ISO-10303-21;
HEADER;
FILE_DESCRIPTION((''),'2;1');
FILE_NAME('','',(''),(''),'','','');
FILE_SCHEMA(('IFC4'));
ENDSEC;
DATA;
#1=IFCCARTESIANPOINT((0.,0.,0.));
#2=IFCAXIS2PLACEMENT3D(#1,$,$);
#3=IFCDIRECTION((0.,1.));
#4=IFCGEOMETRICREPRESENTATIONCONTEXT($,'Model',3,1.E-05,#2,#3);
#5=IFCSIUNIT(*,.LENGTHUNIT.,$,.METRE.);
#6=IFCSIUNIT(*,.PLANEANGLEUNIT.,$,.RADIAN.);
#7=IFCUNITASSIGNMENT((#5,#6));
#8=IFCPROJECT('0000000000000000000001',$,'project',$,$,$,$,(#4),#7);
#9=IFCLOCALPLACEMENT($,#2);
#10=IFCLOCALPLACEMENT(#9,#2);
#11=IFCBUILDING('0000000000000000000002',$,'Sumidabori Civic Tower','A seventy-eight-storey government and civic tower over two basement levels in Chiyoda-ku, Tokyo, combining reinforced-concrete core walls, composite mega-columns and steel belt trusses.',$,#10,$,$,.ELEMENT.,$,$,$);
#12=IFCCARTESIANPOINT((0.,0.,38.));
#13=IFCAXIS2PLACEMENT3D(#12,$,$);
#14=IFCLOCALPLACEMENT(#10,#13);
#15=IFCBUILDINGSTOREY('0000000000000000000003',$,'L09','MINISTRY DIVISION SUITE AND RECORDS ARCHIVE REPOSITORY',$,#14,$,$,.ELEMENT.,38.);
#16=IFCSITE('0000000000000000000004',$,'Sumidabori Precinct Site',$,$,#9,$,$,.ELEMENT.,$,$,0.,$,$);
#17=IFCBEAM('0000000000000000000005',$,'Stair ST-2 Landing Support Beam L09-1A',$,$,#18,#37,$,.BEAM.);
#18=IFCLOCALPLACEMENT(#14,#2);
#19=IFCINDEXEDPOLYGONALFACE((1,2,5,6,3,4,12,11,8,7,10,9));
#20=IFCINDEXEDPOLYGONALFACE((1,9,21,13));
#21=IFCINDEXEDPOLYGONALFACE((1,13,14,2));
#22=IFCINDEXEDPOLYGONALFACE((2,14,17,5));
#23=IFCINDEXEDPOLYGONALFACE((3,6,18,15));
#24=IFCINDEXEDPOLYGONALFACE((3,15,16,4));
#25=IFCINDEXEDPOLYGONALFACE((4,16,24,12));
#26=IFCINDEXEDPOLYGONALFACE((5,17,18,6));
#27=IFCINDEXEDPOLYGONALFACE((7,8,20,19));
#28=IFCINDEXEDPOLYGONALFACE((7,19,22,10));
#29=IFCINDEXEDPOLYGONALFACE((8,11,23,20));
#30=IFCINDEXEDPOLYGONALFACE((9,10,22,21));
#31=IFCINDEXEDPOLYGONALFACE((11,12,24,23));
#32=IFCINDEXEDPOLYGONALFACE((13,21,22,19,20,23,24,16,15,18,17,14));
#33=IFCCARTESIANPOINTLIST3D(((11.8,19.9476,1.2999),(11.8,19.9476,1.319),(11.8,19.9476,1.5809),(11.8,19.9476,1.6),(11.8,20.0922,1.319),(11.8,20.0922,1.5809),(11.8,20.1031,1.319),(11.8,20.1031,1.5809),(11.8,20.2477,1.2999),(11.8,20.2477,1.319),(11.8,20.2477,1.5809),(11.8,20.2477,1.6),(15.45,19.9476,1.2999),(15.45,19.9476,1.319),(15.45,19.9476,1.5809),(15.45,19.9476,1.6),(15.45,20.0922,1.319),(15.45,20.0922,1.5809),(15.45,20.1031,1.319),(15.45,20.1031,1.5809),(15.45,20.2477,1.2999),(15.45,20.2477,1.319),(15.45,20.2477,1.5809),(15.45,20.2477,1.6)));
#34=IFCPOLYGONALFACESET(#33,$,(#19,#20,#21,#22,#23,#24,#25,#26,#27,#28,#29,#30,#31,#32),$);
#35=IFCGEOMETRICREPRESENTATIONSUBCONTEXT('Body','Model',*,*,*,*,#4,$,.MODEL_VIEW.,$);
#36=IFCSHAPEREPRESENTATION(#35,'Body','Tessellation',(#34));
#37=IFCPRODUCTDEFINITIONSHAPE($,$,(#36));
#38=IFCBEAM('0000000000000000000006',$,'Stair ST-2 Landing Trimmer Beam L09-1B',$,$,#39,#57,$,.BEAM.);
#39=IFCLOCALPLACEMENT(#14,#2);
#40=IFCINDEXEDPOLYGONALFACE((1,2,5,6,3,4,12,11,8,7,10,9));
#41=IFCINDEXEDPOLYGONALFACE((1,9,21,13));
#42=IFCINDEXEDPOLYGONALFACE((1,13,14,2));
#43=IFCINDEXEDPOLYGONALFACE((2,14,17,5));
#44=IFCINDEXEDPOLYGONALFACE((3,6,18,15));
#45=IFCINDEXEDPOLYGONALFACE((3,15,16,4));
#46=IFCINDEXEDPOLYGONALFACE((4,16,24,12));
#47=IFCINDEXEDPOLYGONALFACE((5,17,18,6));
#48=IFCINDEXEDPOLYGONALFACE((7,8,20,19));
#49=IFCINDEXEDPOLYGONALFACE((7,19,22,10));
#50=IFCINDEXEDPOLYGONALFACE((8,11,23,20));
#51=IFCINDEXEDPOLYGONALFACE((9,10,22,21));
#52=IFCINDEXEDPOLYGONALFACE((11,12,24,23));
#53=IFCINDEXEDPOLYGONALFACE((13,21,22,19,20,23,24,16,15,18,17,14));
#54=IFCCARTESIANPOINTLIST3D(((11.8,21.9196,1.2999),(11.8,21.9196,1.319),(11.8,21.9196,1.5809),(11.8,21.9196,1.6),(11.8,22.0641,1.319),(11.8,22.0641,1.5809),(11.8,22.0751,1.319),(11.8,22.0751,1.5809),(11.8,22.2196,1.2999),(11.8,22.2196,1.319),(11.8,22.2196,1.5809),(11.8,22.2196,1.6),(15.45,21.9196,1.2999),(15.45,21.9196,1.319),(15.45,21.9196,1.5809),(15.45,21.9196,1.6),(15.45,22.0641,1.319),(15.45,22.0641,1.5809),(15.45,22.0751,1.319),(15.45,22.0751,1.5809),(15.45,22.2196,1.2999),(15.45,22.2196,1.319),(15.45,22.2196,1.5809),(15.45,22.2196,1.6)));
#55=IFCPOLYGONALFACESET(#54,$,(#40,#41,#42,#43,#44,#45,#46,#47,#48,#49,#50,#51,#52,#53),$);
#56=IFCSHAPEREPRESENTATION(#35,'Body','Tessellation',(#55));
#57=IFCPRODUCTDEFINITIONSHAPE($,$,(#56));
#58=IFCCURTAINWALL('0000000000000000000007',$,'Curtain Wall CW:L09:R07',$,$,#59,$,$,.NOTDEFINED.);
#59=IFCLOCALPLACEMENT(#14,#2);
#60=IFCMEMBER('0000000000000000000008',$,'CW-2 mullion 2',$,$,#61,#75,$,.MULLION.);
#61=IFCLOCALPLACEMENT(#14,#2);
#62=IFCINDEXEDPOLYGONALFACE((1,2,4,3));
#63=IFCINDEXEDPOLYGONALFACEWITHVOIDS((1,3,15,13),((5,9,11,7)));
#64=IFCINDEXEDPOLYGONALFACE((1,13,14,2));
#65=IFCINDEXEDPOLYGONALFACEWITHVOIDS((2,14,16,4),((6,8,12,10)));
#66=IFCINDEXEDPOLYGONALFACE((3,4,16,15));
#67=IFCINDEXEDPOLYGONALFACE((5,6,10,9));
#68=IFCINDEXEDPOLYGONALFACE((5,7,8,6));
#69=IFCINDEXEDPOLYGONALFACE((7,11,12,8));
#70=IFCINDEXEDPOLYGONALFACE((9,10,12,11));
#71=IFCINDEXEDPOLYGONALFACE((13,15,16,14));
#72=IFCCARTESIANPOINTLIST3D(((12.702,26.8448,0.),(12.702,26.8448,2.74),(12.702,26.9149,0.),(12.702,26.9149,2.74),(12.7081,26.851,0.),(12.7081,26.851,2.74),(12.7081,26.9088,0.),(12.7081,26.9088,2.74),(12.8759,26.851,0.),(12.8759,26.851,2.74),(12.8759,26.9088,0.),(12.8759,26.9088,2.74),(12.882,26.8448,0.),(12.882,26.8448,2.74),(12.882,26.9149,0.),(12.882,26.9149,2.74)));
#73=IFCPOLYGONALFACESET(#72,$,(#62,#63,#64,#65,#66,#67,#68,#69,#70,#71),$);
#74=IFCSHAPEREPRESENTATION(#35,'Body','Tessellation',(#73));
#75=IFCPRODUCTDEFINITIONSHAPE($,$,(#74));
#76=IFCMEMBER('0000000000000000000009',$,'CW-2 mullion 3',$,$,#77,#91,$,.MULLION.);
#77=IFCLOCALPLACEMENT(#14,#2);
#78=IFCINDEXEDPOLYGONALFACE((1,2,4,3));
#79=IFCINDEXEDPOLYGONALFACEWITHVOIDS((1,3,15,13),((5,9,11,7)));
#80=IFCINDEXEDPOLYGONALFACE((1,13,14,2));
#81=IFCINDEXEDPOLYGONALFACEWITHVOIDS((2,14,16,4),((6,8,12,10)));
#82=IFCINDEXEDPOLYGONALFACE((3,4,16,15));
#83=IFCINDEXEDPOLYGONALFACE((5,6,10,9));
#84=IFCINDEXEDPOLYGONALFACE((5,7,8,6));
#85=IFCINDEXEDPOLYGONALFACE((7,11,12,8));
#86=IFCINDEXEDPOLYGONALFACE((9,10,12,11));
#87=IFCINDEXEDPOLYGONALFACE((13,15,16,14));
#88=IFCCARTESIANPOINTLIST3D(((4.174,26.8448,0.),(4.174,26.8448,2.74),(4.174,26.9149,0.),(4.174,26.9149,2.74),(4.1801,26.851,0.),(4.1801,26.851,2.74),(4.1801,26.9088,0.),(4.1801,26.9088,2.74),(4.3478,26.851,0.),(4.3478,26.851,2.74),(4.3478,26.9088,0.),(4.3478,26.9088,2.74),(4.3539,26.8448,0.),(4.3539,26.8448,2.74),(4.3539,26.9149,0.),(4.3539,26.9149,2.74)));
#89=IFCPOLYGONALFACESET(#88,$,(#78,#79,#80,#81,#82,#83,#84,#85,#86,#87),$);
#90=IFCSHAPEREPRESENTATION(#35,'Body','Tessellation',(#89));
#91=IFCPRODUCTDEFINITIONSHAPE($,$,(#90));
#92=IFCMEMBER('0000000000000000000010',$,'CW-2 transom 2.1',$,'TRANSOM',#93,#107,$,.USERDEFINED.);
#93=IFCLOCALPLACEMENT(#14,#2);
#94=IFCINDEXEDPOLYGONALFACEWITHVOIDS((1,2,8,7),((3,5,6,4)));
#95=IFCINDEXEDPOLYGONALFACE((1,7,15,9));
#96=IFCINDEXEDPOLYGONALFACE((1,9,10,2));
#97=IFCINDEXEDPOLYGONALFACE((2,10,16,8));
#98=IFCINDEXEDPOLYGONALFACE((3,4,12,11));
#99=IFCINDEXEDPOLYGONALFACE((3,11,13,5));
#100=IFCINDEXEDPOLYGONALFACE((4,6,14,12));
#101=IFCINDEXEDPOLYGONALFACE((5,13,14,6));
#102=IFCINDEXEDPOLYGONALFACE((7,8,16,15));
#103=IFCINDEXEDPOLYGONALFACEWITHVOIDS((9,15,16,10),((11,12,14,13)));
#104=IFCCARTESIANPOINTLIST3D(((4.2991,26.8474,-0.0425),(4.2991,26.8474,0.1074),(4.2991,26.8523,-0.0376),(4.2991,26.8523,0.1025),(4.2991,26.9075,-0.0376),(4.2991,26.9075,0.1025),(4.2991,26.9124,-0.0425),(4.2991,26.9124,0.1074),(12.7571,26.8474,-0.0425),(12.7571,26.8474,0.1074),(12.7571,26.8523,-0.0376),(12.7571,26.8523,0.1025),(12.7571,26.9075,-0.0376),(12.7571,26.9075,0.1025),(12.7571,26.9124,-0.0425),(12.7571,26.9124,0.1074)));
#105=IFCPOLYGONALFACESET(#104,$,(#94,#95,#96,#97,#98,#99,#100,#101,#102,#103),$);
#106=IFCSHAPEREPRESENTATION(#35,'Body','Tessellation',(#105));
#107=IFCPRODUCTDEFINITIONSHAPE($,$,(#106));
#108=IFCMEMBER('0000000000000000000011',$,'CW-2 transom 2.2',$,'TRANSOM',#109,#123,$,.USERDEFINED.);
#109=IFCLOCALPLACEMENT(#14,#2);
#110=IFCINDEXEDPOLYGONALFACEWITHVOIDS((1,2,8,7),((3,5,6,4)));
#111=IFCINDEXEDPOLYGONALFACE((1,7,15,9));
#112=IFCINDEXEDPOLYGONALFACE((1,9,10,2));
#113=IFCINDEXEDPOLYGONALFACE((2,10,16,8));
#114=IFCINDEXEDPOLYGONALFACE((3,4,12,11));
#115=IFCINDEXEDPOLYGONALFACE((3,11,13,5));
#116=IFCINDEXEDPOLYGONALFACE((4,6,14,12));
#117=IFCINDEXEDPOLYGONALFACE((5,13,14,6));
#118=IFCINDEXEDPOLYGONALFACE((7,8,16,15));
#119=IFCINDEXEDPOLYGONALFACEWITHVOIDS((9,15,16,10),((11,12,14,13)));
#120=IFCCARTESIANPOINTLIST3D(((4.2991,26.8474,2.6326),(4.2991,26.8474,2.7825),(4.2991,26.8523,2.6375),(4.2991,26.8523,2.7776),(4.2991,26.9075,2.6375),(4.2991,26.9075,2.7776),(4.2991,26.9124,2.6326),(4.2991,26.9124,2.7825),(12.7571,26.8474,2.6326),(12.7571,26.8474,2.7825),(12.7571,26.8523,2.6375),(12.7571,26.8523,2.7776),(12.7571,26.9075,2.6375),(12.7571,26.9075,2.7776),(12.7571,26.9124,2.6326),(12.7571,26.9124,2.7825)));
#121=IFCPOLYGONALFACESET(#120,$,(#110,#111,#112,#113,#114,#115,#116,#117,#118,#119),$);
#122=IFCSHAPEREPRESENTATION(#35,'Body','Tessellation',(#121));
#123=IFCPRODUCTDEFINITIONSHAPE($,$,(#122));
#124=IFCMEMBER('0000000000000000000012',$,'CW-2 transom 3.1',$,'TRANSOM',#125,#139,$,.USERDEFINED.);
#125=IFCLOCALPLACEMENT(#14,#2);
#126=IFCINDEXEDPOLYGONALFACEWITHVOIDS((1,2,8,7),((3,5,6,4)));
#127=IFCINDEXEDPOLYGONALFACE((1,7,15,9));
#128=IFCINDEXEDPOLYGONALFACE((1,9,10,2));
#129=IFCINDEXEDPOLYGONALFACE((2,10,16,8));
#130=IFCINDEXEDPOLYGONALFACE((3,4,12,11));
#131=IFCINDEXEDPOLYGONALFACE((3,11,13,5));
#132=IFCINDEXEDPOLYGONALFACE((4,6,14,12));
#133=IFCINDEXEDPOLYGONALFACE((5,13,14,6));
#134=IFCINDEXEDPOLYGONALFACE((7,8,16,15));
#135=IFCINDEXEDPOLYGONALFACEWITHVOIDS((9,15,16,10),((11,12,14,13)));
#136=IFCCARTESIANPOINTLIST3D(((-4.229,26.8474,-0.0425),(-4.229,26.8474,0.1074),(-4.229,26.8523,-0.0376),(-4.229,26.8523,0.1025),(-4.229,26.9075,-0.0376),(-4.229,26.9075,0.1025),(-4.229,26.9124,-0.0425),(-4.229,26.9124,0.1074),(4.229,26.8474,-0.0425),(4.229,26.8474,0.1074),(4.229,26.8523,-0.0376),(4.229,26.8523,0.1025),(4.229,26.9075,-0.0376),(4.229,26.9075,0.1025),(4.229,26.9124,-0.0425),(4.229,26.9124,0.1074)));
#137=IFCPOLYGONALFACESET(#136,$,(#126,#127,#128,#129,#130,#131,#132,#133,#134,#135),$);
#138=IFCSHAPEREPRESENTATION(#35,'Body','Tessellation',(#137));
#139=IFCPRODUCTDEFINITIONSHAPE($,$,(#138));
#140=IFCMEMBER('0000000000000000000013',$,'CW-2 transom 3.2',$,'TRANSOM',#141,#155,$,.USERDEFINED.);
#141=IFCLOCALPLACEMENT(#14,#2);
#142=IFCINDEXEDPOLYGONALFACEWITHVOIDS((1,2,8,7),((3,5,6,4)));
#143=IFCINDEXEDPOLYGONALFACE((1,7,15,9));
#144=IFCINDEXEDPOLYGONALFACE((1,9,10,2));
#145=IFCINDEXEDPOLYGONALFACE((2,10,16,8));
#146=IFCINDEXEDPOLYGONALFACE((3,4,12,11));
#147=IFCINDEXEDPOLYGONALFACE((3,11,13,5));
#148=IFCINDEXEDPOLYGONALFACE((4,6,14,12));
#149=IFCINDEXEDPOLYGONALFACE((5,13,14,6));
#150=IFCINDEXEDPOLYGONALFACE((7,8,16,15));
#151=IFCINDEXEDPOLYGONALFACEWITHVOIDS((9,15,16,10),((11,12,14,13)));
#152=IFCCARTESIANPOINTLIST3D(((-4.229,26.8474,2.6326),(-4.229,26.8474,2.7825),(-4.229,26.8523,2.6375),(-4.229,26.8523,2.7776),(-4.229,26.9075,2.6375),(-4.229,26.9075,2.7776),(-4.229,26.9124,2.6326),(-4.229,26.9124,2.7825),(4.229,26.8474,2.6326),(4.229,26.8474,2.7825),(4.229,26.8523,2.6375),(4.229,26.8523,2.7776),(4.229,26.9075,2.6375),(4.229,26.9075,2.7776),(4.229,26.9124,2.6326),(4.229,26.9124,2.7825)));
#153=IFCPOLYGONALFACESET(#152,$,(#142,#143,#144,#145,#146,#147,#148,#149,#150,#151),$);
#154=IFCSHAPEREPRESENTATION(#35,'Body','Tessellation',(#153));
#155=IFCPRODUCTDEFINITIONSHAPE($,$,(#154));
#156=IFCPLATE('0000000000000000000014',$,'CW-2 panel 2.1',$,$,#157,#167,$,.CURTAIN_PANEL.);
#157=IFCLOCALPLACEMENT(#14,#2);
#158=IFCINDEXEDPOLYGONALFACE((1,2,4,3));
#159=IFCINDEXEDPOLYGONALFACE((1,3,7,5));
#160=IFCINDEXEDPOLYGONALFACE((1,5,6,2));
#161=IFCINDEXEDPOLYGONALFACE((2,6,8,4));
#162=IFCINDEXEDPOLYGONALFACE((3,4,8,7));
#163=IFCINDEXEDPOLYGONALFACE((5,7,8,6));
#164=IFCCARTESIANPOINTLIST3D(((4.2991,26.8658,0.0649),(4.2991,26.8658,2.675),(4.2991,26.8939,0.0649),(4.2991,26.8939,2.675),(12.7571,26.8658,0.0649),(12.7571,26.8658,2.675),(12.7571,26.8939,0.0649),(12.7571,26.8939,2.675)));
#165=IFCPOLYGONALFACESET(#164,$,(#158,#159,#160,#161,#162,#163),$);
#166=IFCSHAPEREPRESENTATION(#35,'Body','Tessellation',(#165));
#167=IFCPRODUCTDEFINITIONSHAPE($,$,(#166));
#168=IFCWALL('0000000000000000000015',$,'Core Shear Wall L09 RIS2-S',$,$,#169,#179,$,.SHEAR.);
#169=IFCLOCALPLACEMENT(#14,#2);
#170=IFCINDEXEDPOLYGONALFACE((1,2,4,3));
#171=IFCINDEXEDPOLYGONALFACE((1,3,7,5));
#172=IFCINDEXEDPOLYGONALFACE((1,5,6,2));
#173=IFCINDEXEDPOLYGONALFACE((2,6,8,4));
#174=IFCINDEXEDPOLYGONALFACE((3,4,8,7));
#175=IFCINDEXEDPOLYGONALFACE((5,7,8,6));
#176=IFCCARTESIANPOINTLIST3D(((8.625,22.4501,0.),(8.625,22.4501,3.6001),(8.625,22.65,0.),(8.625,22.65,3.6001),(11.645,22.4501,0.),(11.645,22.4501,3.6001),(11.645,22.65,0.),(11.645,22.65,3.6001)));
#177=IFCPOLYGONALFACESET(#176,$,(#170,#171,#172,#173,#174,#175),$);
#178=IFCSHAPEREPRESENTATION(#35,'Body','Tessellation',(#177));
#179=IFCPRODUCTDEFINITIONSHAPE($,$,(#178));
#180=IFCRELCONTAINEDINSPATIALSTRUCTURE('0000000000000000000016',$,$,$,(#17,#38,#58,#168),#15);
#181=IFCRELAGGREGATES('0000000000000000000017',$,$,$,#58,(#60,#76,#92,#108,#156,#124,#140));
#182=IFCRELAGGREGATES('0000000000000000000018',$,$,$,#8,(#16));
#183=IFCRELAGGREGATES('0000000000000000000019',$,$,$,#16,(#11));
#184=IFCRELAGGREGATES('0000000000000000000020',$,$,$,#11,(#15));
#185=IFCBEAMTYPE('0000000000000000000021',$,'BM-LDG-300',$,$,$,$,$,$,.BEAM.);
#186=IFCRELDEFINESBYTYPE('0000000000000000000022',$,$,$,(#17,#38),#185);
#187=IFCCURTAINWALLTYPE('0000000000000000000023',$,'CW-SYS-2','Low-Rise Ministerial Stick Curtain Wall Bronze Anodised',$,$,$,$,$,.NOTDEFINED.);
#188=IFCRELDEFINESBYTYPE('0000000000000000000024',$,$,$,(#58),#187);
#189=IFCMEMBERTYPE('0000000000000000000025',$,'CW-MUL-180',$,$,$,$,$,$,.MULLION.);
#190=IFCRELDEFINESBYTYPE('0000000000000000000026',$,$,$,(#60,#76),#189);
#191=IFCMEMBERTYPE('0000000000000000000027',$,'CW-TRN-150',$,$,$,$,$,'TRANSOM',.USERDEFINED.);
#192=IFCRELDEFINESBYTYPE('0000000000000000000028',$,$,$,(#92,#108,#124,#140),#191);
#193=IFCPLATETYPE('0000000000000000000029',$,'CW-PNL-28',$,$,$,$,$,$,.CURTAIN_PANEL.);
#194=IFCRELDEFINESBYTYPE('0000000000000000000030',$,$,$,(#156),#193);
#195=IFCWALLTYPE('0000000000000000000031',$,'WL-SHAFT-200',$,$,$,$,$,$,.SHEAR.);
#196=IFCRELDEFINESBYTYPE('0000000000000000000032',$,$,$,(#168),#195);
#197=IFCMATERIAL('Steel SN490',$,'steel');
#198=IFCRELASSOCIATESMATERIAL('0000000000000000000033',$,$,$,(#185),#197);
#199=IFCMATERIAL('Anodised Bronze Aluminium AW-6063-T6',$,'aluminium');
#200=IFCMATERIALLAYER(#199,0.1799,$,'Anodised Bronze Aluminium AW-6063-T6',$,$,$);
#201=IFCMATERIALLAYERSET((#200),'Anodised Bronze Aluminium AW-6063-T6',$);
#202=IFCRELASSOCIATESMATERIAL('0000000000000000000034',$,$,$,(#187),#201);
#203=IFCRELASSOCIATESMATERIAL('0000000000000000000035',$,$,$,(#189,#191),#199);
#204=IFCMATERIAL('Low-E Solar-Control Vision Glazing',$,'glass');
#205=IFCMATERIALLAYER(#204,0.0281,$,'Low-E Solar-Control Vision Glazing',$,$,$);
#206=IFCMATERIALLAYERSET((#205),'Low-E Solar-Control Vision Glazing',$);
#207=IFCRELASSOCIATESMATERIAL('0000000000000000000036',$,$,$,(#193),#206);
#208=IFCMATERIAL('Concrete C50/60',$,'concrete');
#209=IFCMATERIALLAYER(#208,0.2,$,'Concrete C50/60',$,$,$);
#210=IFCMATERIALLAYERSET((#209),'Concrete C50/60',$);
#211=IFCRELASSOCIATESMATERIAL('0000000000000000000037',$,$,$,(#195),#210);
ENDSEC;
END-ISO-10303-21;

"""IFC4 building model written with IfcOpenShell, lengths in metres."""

from ifc_helpers import new_model, si_unit, direction, frame, frame_2d, origin, origin_2d, place, context, subcontext, project, spatial, rectangle, hollow_rectangle, i_section, extrude, source, transform, mapped, material, layer, layer_set, material_profile, profile_set, type_object, element, aggregate, save


model = new_model("IFC4")

# Units and contexts
model_context = context("Model", 3, precision=1e-05, world=origin(), true_north=direction((0.0, 1.0)))
body_context = subcontext(model_context, "Body", "Model", "MODEL_VIEW")
ifc_project = project(units=[si_unit("LENGTHUNIT", "METRE"), si_unit("PLANEANGLEUNIT", "RADIAN")], contexts=[model_context])

# Site, building, storey
site_placement = place(None, origin())
site = spatial("IfcSite", under=ifc_project, at=site_placement, Name="Sumidabori Precinct Site", CompositionType="ELEMENT", RefElevation=0.0)
building_placement = place(site_placement, origin())
building = spatial("IfcBuilding", under=site, at=building_placement, Name="Sumidabori Civic Tower", Description="A seventy-eight-storey government and civic tower over two basement levels in Chiyoda-ku, Tokyo, combining reinforced-concrete core walls, composite mega-columns and steel belt trusses.", CompositionType="ELEMENT")
storey_placement = place(building_placement, frame((0.0, 0.0, 38.0)))
storey = spatial("IfcBuildingStorey", under=building, at=storey_placement, Name="L09", Description="MINISTRY DIVISION SUITE AND RECORDS ARCHIVE REPOSITORY", CompositionType="ELEMENT", Elevation=38.0)

# Beams
ifc_material_1 = material(Name="Steel SN490", Category="steel")
ifc_material_profile_1 = material_profile(ifc_material_1, i_section(OverallWidth=0.3, OverallDepth=0.3, WebThickness=0.011, FlangeThickness=0.019, at=origin_2d()), Name="HE 300 B")
ifc_profile_set_1 = profile_set([ifc_material_profile_1], Name="Steel SN490")
beam_type = type_object("IfcBeamType", Name="BM-LDG-300", PredefinedType="BEAM", material=ifc_profile_set_1)
shared_shape_1 = source(origin(), body_context, "Body", "SweptSolid", [
    extrude(i_section(OverallWidth=0.3, OverallDepth=0.3, WebThickness=0.011, FlangeThickness=0.019, at=origin_2d()), origin(), (0.0, 0.0, 1.0), 3.6499),
])
for number, where, z_axis, x_axis, name in (
    (1, (11.8, 20.0977, 1.45), (1.0, 0.0, 0.0), (0.0, 1.0, 0.0), "Stair ST-2 Landing Support Beam L09-1A"),
    (2, (11.8, 22.0696, 1.45), (1.0, 0.0, 0.0), (0.0, 1.0, 0.0), "Stair ST-2 Landing Trimmer Beam L09-1B"),
):
    element("IfcBeam", number, at=place(storey_placement, frame(where, z_axis=z_axis, x_axis=x_axis)), inside=storey, type_object=beam_type, Name=name, PredefinedType="BEAM", context=body_context, shape_type="MappedRepresentation", body=[
        mapped(shared_shape_1, transform((0.0, 0.0, 0.0), x_axis=(1.0, 0.0, 0.0), y_axis=(0.0, 1.0, 0.0), z_axis=(0.0, 0.0, 1.0), scale=1.0)),
    ])

# Curtain wall, members, plate
ifc_material_2 = material(Name="Anodised Bronze Aluminium AW-6063-T6", Category="aluminium")
ifc_layer_1 = layer(ifc_material_2, 0.1799, Name="Anodised Bronze Aluminium AW-6063-T6")
ifc_layer_set_1 = layer_set([ifc_layer_1], Name="Anodised Bronze Aluminium AW-6063-T6")
curtain_wall_type = type_object("IfcCurtainWallType", Name="CW-SYS-2", Description="Low-Rise Ministerial Stick Curtain Wall Bronze Anodised", PredefinedType="NOTDEFINED", material=ifc_layer_set_1)
curtain_wall_placement = place(storey_placement, origin())
curtain_wall = element("IfcCurtainWall", 3, at=curtain_wall_placement, inside=storey, type_object=curtain_wall_type, Name="Curtain Wall CW:L09:R07", PredefinedType="NOTDEFINED")
ifc_material_profile_2 = material_profile(ifc_material_2, hollow_rectangle(XDim=0.0701, YDim=0.1799, WallThickness=0.0061, at=origin_2d()), Name="ALU MULLION 180x70")
ifc_profile_set_2 = profile_set([ifc_material_profile_2], Name="Anodised Bronze Aluminium AW-6063-T6")
member_type_1 = type_object("IfcMemberType", Name="CW-MUL-180", PredefinedType="MULLION", material=ifc_profile_set_2)
shared_shape_2 = source(origin(), body_context, "Body", "SweptSolid", [
    extrude(hollow_rectangle(XDim=0.0701, YDim=0.1799, WallThickness=0.0061, at=origin_2d()), origin(), (0.0, 0.0, 1.0), 2.74),
])
member_1_placement = place(storey_placement, frame((12.792, 26.8799, 0.0), z_axis=(0.0, 0.0, 1.0), x_axis=(0.0, -1.0, 0.0)))
member_1 = element("IfcMember", 4, at=member_1_placement, type_object=member_type_1, Name="CW-2 mullion 2", PredefinedType="MULLION", context=body_context, shape_type="MappedRepresentation", body=[
    mapped(shared_shape_2, transform((0.0, 0.0, 0.0), x_axis=(1.0, 0.0, 0.0), y_axis=(0.0, 1.0, 0.0), z_axis=(0.0, 0.0, 1.0), scale=1.0)),
])
member_2_placement = place(storey_placement, frame((4.2639, 26.8799, 0.0), z_axis=(0.0, 0.0, 1.0), x_axis=(0.0, -1.0, 0.0)))
member_2 = element("IfcMember", 5, at=member_2_placement, type_object=member_type_1, Name="CW-2 mullion 3", PredefinedType="MULLION", context=body_context, shape_type="MappedRepresentation", body=[
    mapped(shared_shape_2, transform((0.0, 0.0, 0.0), x_axis=(1.0, 0.0, 0.0), y_axis=(0.0, 1.0, 0.0), z_axis=(0.0, 0.0, 1.0), scale=1.0)),
])
ifc_material_profile_3 = material_profile(ifc_material_2, hollow_rectangle(XDim=0.0649, YDim=0.1499, WallThickness=0.0049, at=origin_2d()), Name="ALU TRANSOM 150x65")
ifc_profile_set_3 = profile_set([ifc_material_profile_3], Name="Anodised Bronze Aluminium AW-6063-T6")
member_type_2 = type_object("IfcMemberType", Name="CW-TRN-150", ElementType="TRANSOM", PredefinedType="USERDEFINED", material=ifc_profile_set_3)
shared_shape_3 = source(origin(), body_context, "Body", "SweptSolid", [
    extrude(hollow_rectangle(XDim=0.0649, YDim=0.1499, WallThickness=0.0049, at=origin_2d()), origin(), (0.0, 0.0, 1.0), 8.458),
])
member_3_placement = place(storey_placement, frame((12.7571, 26.8799, 0.0325), z_axis=(-1.0, 0.0, 0.0), x_axis=(0.0, -1.0, 0.0)))
member_3 = element("IfcMember", 6, at=member_3_placement, type_object=member_type_2, Name="CW-2 transom 2.1", ObjectType="TRANSOM", PredefinedType="USERDEFINED", context=body_context, shape_type="MappedRepresentation", body=[
    mapped(shared_shape_3, transform((0.0, 0.0, 0.0), x_axis=(1.0, 0.0, 0.0), y_axis=(0.0, 1.0, 0.0), z_axis=(0.0, 0.0, 1.0), scale=1.0)),
])
member_4_placement = place(storey_placement, frame((12.7571, 26.8799, 2.7075), z_axis=(-1.0, 0.0, 0.0), x_axis=(0.0, -1.0, 0.0)))
member_4 = element("IfcMember", 7, at=member_4_placement, type_object=member_type_2, Name="CW-2 transom 2.2", ObjectType="TRANSOM", PredefinedType="USERDEFINED", context=body_context, shape_type="MappedRepresentation", body=[
    mapped(shared_shape_3, transform((0.0, 0.0, 0.0), x_axis=(1.0, 0.0, 0.0), y_axis=(0.0, 1.0, 0.0), z_axis=(0.0, 0.0, 1.0), scale=1.0)),
])
member_5_placement = place(storey_placement, frame((4.229, 26.8799, 0.0325), z_axis=(-1.0, 0.0, 0.0), x_axis=(0.0, -1.0, 0.0)))
member_5 = element("IfcMember", 8, at=member_5_placement, type_object=member_type_2, Name="CW-2 transom 3.1", ObjectType="TRANSOM", PredefinedType="USERDEFINED", context=body_context, shape_type="MappedRepresentation", body=[
    mapped(shared_shape_3, transform((0.0, 0.0, 0.0), x_axis=(1.0, 0.0, 0.0), y_axis=(0.0, 1.0, 0.0), z_axis=(0.0, 0.0, 1.0), scale=1.0)),
])
member_6_placement = place(storey_placement, frame((4.229, 26.8799, 2.7075), z_axis=(-1.0, 0.0, 0.0), x_axis=(0.0, -1.0, 0.0)))
member_6 = element("IfcMember", 9, at=member_6_placement, type_object=member_type_2, Name="CW-2 transom 3.2", ObjectType="TRANSOM", PredefinedType="USERDEFINED", context=body_context, shape_type="MappedRepresentation", body=[
    mapped(shared_shape_3, transform((0.0, 0.0, 0.0), x_axis=(1.0, 0.0, 0.0), y_axis=(0.0, 1.0, 0.0), z_axis=(0.0, 0.0, 1.0), scale=1.0)),
])
ifc_material_3 = material(Name="Low-E Solar-Control Vision Glazing", Category="glass")
ifc_layer_2 = layer(ifc_material_3, 0.0281, Name="Low-E Solar-Control Vision Glazing")
ifc_layer_set_2 = layer_set([ifc_layer_2], Name="Low-E Solar-Control Vision Glazing")
plate_type = type_object("IfcPlateType", Name="CW-PNL-28", PredefinedType="CURTAIN_PANEL", material=ifc_layer_set_2)
shared_shape_4 = source(origin(), body_context, "Body", "SweptSolid", [
    extrude(rectangle(XDim=8.458, YDim=0.0281, at=origin_2d()), origin(), (0.0, 0.0, 1.0), 2.6101),
])
plate_placement = place(storey_placement, frame((8.5281, 26.8799, 0.0649), z_axis=(0.0, 0.0, 1.0), x_axis=(-1.0, 0.0, 0.0)))
plate = element("IfcPlate", 10, at=plate_placement, type_object=plate_type, Name="CW-2 panel 2.1", PredefinedType="CURTAIN_PANEL", context=body_context, shape_type="MappedRepresentation", body=[
    mapped(shared_shape_4, transform((0.0, 0.0, 0.0), x_axis=(1.0, 0.0, 0.0), y_axis=(0.0, 1.0, 0.0), z_axis=(0.0, 0.0, 1.0), scale=1.0)),
])
aggregate(curtain_wall, [member_1, member_2, member_3, member_4, plate, member_5, member_6])

# Wall
ifc_material_4 = material(Name="Concrete C50/60", Category="concrete")
ifc_layer_3 = layer(ifc_material_4, 0.2, Name="Concrete C50/60")
ifc_layer_set_3 = layer_set([ifc_layer_3], Name="Concrete C50/60")
wall_type_1 = type_object("IfcWallType", Name="WL-SHAFT-200", PredefinedType="SHEAR", material=ifc_layer_set_3)
shared_shape_5 = source(origin(), body_context, "Body", "SweptSolid", [
    extrude(rectangle(XDim=3.02, YDim=0.2, at=frame_2d((1.51, 0.0))), origin(), (0.0, 0.0, 1.0), 3.6001),
])
wall_1_placement = place(storey_placement, frame((8.625, 22.55, 0.0), z_axis=(0.0, 0.0, 1.0), x_axis=(1.0, 0.0, 0.0)))
element("IfcWall", 11, at=wall_1_placement, inside=storey, type_object=wall_type_1, Name="Core Shear Wall L09 RIS2-S", PredefinedType="SHEAR", context=body_context, shape_type="MappedRepresentation", body=[
    mapped(shared_shape_5, transform((0.0, 0.0, 0.0), x_axis=(1.0, 0.0, 0.0), y_axis=(0.0, 1.0, 0.0), z_axis=(0.0, 0.0, 1.0), scale=1.0)),
])

save(model, "model.ifc")
